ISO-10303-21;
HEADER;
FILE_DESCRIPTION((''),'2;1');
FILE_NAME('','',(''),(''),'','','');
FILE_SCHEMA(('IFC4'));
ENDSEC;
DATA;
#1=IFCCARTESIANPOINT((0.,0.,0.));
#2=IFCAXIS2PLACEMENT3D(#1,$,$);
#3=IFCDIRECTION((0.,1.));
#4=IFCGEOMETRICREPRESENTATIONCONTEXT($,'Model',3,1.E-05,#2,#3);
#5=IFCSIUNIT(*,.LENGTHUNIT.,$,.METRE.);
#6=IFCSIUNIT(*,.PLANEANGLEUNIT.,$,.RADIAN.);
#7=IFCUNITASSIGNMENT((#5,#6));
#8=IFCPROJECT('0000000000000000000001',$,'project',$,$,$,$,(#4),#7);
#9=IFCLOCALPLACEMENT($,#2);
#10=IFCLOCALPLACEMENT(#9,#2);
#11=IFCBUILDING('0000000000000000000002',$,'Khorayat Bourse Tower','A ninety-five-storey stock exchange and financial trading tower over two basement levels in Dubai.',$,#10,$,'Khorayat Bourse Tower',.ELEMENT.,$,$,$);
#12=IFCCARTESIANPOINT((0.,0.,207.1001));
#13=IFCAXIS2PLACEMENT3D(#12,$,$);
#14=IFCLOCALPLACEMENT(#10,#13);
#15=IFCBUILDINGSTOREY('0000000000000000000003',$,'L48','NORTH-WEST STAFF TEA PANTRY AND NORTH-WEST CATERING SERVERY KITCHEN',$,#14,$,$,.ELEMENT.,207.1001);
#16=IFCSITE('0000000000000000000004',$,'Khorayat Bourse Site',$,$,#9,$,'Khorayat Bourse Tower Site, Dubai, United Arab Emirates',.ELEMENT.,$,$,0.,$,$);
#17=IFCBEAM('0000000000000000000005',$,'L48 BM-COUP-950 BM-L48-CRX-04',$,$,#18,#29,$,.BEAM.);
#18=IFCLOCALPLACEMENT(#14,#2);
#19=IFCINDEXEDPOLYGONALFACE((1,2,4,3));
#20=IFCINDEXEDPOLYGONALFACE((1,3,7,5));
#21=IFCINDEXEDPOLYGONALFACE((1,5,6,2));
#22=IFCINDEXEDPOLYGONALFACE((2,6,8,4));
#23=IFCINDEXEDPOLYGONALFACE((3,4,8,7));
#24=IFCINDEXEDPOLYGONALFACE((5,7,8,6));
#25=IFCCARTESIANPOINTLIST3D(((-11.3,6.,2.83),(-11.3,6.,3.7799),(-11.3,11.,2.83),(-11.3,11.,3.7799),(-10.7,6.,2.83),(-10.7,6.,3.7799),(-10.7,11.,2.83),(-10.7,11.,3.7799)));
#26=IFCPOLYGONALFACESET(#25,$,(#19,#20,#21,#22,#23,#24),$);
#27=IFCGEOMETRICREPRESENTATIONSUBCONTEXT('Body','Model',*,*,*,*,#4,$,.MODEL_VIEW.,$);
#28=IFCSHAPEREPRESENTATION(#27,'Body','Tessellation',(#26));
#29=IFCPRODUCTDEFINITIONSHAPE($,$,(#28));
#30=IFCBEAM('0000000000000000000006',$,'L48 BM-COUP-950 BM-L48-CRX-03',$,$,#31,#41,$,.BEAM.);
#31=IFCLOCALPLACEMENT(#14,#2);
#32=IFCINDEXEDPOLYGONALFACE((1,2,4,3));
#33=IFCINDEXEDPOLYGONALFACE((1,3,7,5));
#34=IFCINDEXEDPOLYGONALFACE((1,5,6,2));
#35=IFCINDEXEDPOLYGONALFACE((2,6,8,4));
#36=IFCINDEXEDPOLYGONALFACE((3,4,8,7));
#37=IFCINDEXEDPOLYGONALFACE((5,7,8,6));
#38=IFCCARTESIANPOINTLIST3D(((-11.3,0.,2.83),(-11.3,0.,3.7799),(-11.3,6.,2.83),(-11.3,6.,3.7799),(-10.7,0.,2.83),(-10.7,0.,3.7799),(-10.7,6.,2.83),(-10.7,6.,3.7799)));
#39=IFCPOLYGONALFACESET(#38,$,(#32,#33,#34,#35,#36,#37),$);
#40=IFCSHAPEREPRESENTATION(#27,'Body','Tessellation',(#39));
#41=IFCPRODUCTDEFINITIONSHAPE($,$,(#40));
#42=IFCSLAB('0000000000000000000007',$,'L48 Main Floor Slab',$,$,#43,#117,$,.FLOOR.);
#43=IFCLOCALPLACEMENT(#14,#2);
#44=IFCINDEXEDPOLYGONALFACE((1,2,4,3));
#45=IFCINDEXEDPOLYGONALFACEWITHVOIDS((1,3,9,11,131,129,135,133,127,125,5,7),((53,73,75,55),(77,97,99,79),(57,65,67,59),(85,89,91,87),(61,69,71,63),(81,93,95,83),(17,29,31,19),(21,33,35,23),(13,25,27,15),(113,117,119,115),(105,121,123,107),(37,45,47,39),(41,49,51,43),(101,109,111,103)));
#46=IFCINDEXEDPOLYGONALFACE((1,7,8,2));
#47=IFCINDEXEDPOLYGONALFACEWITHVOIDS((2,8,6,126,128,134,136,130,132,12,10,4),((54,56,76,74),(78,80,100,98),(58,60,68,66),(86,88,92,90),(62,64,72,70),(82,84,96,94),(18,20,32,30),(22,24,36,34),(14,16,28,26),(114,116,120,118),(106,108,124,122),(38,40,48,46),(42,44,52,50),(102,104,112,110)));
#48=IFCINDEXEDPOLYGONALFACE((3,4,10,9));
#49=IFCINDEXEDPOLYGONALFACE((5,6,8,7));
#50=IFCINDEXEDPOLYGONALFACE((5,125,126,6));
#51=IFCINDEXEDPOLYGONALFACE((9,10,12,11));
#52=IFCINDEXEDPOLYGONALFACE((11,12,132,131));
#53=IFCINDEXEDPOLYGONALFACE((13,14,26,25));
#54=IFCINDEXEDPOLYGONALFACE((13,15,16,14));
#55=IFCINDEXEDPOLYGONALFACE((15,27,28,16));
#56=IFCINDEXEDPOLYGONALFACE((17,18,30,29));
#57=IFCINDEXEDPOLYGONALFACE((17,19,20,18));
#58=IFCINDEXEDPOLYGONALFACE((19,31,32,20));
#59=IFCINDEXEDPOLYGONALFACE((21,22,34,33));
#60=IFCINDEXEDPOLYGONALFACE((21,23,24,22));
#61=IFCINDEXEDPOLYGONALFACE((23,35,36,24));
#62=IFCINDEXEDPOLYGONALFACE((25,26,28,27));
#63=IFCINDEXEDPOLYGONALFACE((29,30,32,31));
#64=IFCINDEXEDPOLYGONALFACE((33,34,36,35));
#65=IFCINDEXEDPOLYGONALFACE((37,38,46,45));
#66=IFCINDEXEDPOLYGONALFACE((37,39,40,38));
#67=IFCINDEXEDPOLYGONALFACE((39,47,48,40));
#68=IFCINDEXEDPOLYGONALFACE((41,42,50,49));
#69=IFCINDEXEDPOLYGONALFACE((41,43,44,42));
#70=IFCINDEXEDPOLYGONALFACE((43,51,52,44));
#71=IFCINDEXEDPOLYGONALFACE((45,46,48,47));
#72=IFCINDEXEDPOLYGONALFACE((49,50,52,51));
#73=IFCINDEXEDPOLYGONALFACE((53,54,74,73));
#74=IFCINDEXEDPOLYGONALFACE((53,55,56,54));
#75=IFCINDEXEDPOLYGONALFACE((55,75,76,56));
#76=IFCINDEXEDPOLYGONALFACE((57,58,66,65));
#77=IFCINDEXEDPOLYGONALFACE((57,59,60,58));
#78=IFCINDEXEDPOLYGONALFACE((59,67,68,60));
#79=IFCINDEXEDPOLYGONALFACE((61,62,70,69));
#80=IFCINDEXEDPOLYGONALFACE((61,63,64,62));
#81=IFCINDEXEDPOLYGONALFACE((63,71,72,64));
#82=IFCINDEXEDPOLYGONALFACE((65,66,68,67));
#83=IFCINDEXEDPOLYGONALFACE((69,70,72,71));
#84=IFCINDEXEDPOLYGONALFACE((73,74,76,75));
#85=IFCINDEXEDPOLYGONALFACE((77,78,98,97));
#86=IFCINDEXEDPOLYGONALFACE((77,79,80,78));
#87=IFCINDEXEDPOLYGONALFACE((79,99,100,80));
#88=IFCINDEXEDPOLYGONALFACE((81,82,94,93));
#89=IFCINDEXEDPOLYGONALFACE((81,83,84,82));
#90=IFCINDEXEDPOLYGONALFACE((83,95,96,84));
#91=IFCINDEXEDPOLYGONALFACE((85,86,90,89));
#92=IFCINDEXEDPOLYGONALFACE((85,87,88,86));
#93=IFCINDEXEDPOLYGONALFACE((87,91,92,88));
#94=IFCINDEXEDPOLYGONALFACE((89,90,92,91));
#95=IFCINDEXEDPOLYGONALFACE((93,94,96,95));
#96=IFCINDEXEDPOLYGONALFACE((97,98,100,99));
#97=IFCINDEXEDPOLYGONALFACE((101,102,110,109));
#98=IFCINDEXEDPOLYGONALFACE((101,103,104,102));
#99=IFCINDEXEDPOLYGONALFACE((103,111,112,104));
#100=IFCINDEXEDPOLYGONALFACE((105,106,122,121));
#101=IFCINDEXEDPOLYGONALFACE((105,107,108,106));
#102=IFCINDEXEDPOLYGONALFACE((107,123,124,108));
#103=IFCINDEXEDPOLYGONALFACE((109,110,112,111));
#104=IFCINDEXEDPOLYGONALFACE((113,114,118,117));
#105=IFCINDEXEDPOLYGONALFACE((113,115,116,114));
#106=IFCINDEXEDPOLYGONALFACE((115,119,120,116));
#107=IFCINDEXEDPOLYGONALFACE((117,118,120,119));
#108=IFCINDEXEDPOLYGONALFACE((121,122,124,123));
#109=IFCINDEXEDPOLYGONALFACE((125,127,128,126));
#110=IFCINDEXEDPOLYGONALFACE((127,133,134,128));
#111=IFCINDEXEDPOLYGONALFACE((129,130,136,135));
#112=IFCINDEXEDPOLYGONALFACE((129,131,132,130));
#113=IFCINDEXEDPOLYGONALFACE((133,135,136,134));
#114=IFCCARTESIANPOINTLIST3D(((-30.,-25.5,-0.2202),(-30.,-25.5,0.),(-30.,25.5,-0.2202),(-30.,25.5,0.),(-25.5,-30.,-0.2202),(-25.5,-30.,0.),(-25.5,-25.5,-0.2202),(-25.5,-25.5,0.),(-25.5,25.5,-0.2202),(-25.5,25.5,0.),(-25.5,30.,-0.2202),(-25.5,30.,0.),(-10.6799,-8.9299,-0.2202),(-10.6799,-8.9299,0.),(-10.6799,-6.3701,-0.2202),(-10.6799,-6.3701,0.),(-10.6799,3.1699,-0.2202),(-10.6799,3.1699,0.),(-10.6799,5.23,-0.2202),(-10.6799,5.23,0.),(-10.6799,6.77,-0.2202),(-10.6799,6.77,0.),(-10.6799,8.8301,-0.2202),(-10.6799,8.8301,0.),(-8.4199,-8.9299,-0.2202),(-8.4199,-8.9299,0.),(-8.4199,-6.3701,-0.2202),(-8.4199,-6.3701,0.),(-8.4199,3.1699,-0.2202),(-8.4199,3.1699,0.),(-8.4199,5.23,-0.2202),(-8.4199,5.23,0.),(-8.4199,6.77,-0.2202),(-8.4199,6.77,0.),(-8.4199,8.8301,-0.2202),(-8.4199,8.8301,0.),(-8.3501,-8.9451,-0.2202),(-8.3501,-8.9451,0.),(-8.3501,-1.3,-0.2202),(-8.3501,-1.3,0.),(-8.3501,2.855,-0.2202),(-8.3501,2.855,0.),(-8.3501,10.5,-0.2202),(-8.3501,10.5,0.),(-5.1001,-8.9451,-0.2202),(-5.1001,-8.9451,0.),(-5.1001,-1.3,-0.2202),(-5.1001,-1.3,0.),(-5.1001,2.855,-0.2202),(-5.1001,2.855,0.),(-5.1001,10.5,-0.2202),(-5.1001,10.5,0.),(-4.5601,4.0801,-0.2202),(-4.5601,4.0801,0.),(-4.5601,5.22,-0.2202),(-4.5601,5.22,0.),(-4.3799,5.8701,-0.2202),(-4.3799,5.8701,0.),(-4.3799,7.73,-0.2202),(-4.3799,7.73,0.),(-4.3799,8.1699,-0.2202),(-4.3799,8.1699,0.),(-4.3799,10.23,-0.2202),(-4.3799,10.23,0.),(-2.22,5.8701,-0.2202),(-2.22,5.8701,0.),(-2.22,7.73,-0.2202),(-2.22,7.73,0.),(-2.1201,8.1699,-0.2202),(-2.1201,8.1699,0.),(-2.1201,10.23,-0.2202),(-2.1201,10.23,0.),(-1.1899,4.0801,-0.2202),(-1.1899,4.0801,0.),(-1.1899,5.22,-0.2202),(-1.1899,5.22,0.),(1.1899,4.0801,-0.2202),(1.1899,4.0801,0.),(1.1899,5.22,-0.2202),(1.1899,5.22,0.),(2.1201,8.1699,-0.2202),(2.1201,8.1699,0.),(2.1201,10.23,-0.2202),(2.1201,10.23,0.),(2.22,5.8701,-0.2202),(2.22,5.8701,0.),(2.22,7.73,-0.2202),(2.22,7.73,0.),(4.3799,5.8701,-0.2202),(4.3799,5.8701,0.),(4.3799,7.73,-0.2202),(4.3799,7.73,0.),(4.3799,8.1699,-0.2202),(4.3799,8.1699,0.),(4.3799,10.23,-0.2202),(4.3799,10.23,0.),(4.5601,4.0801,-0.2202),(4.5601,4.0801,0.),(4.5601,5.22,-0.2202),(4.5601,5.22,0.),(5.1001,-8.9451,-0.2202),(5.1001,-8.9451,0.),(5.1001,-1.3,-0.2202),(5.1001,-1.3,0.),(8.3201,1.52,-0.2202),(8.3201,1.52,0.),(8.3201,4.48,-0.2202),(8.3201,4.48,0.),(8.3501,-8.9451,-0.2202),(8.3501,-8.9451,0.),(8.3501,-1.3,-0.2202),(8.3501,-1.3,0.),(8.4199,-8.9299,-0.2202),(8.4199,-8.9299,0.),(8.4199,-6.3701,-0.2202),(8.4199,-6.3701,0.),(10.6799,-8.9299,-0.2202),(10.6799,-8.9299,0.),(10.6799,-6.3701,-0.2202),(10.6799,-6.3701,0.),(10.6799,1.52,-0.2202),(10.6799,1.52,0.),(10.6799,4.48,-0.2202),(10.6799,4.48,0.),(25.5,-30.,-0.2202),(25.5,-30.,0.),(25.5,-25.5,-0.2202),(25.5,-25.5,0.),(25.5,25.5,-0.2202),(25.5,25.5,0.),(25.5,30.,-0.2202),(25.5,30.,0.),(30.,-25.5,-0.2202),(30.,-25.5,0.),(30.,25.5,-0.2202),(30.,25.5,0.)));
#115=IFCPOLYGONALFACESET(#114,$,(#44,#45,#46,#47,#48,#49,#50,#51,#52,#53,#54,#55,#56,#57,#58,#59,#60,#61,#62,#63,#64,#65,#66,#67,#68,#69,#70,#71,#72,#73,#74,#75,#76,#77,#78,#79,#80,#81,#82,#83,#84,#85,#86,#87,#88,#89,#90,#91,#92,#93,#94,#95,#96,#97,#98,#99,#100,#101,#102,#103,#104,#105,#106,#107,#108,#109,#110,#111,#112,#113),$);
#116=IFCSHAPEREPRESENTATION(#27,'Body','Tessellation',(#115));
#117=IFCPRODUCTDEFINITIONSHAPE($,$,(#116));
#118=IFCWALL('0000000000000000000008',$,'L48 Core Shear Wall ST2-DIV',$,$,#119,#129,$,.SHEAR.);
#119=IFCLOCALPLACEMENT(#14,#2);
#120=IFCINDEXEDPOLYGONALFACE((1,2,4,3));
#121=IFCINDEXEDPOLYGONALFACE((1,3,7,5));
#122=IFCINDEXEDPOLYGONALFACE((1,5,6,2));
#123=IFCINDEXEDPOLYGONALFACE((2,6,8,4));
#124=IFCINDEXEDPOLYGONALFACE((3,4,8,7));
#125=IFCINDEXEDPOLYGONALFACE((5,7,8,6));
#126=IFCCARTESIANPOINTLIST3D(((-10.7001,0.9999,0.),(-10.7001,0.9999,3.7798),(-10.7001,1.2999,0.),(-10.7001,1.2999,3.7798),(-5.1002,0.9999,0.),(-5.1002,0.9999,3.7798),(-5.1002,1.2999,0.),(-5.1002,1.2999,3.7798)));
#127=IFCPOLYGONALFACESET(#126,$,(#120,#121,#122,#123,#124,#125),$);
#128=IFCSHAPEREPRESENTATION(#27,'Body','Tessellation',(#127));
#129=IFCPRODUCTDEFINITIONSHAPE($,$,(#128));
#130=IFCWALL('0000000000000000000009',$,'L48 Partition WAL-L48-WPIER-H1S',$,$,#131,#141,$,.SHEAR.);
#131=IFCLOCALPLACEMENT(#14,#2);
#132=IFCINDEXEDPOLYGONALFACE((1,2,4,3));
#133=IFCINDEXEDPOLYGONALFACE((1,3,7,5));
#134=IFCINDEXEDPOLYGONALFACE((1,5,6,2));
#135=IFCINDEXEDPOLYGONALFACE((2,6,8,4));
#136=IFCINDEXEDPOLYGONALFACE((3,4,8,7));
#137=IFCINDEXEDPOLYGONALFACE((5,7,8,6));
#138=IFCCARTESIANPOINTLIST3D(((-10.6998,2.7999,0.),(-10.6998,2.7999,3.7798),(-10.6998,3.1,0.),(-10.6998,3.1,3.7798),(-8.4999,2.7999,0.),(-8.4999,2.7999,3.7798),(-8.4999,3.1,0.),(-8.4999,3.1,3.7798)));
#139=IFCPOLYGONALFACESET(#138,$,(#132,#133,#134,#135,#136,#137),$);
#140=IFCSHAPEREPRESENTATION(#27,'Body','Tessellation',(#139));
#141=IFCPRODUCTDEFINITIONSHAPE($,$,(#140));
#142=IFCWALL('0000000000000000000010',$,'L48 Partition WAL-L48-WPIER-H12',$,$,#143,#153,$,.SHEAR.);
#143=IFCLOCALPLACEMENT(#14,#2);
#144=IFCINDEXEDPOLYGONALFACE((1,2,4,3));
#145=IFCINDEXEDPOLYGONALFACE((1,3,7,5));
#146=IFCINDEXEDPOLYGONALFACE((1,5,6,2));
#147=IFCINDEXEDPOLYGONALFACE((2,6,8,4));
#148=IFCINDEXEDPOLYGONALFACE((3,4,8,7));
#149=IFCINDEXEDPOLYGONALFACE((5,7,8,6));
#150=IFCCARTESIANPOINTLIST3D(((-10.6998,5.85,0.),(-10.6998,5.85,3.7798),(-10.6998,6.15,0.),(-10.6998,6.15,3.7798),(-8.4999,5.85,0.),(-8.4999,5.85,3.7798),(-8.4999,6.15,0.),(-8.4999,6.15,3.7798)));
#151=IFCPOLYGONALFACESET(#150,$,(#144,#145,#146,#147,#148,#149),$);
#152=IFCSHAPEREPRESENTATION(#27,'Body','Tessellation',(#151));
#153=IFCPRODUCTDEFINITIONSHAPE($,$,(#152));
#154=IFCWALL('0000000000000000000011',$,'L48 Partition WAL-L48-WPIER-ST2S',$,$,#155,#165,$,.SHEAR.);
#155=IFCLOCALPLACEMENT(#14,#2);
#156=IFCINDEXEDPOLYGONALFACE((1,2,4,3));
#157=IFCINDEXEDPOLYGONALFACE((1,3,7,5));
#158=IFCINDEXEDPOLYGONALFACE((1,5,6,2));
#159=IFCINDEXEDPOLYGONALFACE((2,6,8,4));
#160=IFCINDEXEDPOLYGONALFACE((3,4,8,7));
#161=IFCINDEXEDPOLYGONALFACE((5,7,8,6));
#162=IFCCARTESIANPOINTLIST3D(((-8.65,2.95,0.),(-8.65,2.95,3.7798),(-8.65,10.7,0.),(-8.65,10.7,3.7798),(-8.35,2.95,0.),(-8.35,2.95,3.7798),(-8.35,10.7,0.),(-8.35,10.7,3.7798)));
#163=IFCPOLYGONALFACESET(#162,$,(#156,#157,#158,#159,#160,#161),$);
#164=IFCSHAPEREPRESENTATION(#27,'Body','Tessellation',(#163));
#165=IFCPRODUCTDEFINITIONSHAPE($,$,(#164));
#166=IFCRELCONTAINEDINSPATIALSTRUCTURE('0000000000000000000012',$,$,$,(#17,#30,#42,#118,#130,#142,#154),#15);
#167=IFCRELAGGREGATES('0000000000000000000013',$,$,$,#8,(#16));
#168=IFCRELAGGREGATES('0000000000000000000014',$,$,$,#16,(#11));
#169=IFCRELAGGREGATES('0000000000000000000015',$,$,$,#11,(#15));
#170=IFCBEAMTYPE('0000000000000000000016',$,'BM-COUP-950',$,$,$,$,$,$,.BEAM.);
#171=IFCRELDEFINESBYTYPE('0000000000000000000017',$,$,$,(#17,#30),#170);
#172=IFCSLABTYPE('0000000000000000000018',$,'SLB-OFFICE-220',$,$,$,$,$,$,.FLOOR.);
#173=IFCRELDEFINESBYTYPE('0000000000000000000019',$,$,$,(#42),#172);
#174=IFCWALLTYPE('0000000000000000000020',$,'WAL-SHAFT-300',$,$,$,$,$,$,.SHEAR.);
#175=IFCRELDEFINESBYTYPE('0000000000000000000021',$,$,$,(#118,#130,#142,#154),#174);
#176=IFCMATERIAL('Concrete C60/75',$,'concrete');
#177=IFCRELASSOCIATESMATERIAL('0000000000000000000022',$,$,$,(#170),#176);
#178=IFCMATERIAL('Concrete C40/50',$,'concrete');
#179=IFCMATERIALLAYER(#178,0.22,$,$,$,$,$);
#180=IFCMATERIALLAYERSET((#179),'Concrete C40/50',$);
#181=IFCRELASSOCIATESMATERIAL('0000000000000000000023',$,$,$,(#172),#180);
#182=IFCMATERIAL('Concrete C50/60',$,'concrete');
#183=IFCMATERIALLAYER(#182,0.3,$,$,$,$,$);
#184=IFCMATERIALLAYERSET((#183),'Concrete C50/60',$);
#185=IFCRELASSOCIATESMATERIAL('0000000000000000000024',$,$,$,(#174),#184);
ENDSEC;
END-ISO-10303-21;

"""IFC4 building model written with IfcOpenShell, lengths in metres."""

from ifc_helpers import new_model, si_unit, direction, frame, frame_2d, origin, origin_2d, place, context, subcontext, project, spatial, polyline, rectangle, outline, extrude, source, transform, mapped, material, layer, layer_set, material_profile, profile_set, type_object, element, save


model = new_model("IFC4")

# Units and contexts
model_context = context("Model", 3, precision=1e-05, world=origin(), true_north=direction((0.0, 1.0)))
body_context = subcontext(model_context, "Body", "Model", "MODEL_VIEW")
ifc_project = project(units=[si_unit("LENGTHUNIT", "METRE"), si_unit("PLANEANGLEUNIT", "RADIAN")], contexts=[model_context])

# Site, building, storey
site_placement = place(None, origin())
site = spatial("IfcSite", under=ifc_project, at=site_placement, Name="Khorayat Bourse Site", LongName="Khorayat Bourse Tower Site, Dubai, United Arab Emirates", CompositionType="ELEMENT", RefElevation=0.0)
building_placement = place(site_placement, origin())
building = spatial("IfcBuilding", under=site, at=building_placement, Name="Khorayat Bourse Tower", Description="A ninety-five-storey stock exchange and financial trading tower over two basement levels in Dubai.", LongName="Khorayat Bourse Tower", CompositionType="ELEMENT")
storey_placement = place(building_placement, frame((0.0, 0.0, 207.1001)))
storey = spatial("IfcBuildingStorey", under=building, at=storey_placement, Name="L48", Description="NORTH-WEST STAFF TEA PANTRY AND NORTH-WEST CATERING SERVERY KITCHEN", CompositionType="ELEMENT", Elevation=207.1001)

# Shared definitions
ifc_material_1 = material(Name="Concrete C60/75", Category="concrete")

# Beams
ifc_material_profile_1 = material_profile(ifc_material_1, rectangle(XDim=0.6001, YDim=0.95, at=origin_2d()), Name="RC 600x950")
ifc_profile_set_1 = profile_set([ifc_material_profile_1], Name="Concrete C60/75")
beam_type_1 = type_object("IfcBeamType", Name="BM-COUP-950", PredefinedType="BEAM", material=ifc_profile_set_1)
shared_shape_1 = source(origin(), body_context, "Body", "SweptSolid", [
    extrude(rectangle(XDim=0.6001, YDim=0.95, at=origin_2d()), origin(), (0.0, 0.0, 1.0), 5.0),
])
beam_1_placement = place(storey_placement, frame((-11.0, 6.0, 3.3049), z_axis=(0.0, 1.0, 0.0), x_axis=(-1.0, 0.0, 0.0)))
element("IfcBeam", 1, at=beam_1_placement, inside=storey, type_object=beam_type_1, Name="L48 BM-COUP-950 BM-L48-CRX-04", PredefinedType="BEAM", context=body_context, shape_type="MappedRepresentation", body=[
    mapped(shared_shape_1, transform((0.0, 0.0, 0.0), scale=1.0)),
])
shared_shape_2 = source(origin(), body_context, "Body", "SweptSolid", [
    extrude(rectangle(XDim=0.6001, YDim=0.95, at=origin_2d()), origin(), (0.0, 0.0, 1.0), 6.0),
])
beam_2_placement = place(storey_placement, frame((-11.0, 0.0, 3.3049), z_axis=(0.0, 1.0, 0.0), x_axis=(-1.0, 0.0, 0.0)))
element("IfcBeam", 2, at=beam_2_placement, inside=storey, type_object=beam_type_1, Name="L48 BM-COUP-950 BM-L48-CRX-03", PredefinedType="BEAM", context=body_context, shape_type="MappedRepresentation", body=[
    mapped(shared_shape_2, transform((0.0, 0.0, 0.0), scale=1.0)),
])

# Slab
ifc_material_2 = material(Name="Concrete C40/50", Category="concrete")
ifc_layer_1 = layer(ifc_material_2, 0.22)
ifc_layer_set_1 = layer_set([ifc_layer_1], Name="Concrete C40/50")
slab_type = type_object("IfcSlabType", Name="SLB-OFFICE-220", PredefinedType="FLOOR", material=ifc_layer_set_1)
slab_placement = place(storey_placement, frame((0.0, 0.0, -0.2202)))
element("IfcSlab", 3, at=slab_placement, inside=storey, type_object=slab_type, Name="L48 Main Floor Slab", PredefinedType="FLOOR", context=body_context, shape_type="SweptSolid", body=[
    extrude(outline(polyline([(-25.5, -30.0), (25.5, -30.0), (25.5, -25.5), (30.0, -25.5), (30.0, 25.5), (25.5, 25.5), (25.5, 30.0), (-25.5, 30.0), (-25.5, 25.5), (-30.0, 25.5), (-30.0, -25.5), (-25.5, -25.5), (-25.5, -30.0)]), holes=[polyline([(-8.3501, -8.9451), (-5.1001, -8.9451), (-5.1001, -1.3), (-8.3501, -1.3), (-8.3501, -8.9451)]), polyline([(-8.3501, 2.855), (-5.1001, 2.855), (-5.1001, 10.5), (-8.3501, 10.5), (-8.3501, 2.855)]), polyline([(5.1001, -8.9451), (8.3501, -8.9451), (8.3501, -1.3), (5.1001, -1.3), (5.1001, -8.9451)]), polyline([(-4.3799, 8.1699), (-2.1201, 8.1699), (-2.1201, 10.23), (-4.3799, 10.23), (-4.3799, 8.1699)]), polyline([(2.1201, 8.1699), (4.3799, 8.1699), (4.3799, 10.23), (2.1201, 10.23), (2.1201, 8.1699)]), polyline([(-4.3799, 5.8701), (-2.22, 5.8701), (-2.22, 7.73), (-4.3799, 7.73), (-4.3799, 5.8701)]), polyline([(2.22, 5.8701), (4.3799, 5.8701), (4.3799, 7.73), (2.22, 7.73), (2.22, 5.8701)]), polyline([(-10.6799, 3.1699), (-8.4199, 3.1699), (-8.4199, 5.23), (-10.6799, 5.23), (-10.6799, 3.1699)]), polyline([(-10.6799, 6.77), (-8.4199, 6.77), (-8.4199, 8.8301), (-10.6799, 8.8301), (-10.6799, 6.77)]), polyline([(-10.6799, -8.9299), (-8.4199, -8.9299), (-8.4199, -6.3701), (-10.6799, -6.3701), (-10.6799, -8.9299)]), polyline([(8.4199, -8.9299), (10.6799, -8.9299), (10.6799, -6.3701), (8.4199, -6.3701), (8.4199, -8.9299)]), polyline([(8.3201, 1.52), (10.6799, 1.52), (10.6799, 4.48), (8.3201, 4.48), (8.3201, 1.52)]), polyline([(-4.5601, 4.0801), (-1.1899, 4.0801), (-1.1899, 5.22), (-4.5601, 5.22), (-4.5601, 4.0801)]), polyline([(1.1899, 4.0801), (4.5601, 4.0801), (4.5601, 5.22), (1.1899, 5.22), (1.1899, 4.0801)])]), origin(), (0.0, 0.0, 1.0), 0.2202),
])

# Walls
ifc_material_3 = material(Name="Concrete C50/60", Category="concrete")
ifc_layer_2 = layer(ifc_material_3, 0.3)
ifc_layer_set_2 = layer_set([ifc_layer_2], Name="Concrete C50/60")
wall_type_1 = type_object("IfcWallType", Name="WAL-SHAFT-300", PredefinedType="SHEAR", material=ifc_layer_set_2)
shared_shape_3 = source(origin(), body_context, "Body", "SweptSolid", [
    extrude(rectangle(XDim=5.5999, YDim=0.3, at=frame_2d((2.7998, 0.0))), origin(), (0.0, 0.0, 1.0), 3.7798),
])
wall_1_placement = place(storey_placement, frame((-10.7, 1.1499, 0.0), z_axis=(0.0, 0.0, 1.0), x_axis=(1.0, 0.0, 0.0)))
element("IfcWall", 4, at=wall_1_placement, inside=storey, type_object=wall_type_1, Name="L48 Core Shear Wall ST2-DIV", PredefinedType="SHEAR", context=body_context, shape_type="MappedRepresentation", body=[
    mapped(shared_shape_3, transform((0.0, 0.0, 0.0), scale=1.0)),
])
shared_shape_4 = source(origin(), body_context, "Body", "SweptSolid", [
    extrude(rectangle(XDim=2.2, YDim=0.3, at=frame_2d((1.1001, 0.0))), origin(), (0.0, 0.0, 1.0), 3.7798),
])
for number, where, z_axis, x_axis, name in (
    (5, (-10.7, 2.95, 0.0), (0.0, 0.0, 1.0), (1.0, 0.0, 0.0), "L48 Partition WAL-L48-WPIER-H1S"),
    (6, (-10.7, 6.0, 0.0), (0.0, 0.0, 1.0), (1.0, 0.0, 0.0), "L48 Partition WAL-L48-WPIER-H12"),
):
    element("IfcWall", number, at=place(storey_placement, frame(where, z_axis=z_axis, x_axis=x_axis)), inside=storey, type_object=wall_type_1, Name=name, PredefinedType="SHEAR", context=body_context, shape_type="MappedRepresentation", body=[
        mapped(shared_shape_4, transform((0.0, 0.0, 0.0), scale=1.0)),
    ])
shared_shape_5 = source(origin(), body_context, "Body", "SweptSolid", [
    extrude(rectangle(XDim=7.75, YDim=0.3, at=frame_2d((3.875, 0.0))), origin(), (0.0, 0.0, 1.0), 3.7798),
])
wall_2_placement = place(storey_placement, frame((-8.5, 2.95, 0.0), z_axis=(0.0, 0.0, 1.0), x_axis=(0.0, 1.0, 0.0)))
element("IfcWall", 7, at=wall_2_placement, inside=storey, type_object=wall_type_1, Name="L48 Partition WAL-L48-WPIER-ST2S", PredefinedType="SHEAR", context=body_context, shape_type="MappedRepresentation", body=[
    mapped(shared_shape_5, transform((0.0, 0.0, 0.0), scale=1.0)),
])

save(model, "model.ifc")
